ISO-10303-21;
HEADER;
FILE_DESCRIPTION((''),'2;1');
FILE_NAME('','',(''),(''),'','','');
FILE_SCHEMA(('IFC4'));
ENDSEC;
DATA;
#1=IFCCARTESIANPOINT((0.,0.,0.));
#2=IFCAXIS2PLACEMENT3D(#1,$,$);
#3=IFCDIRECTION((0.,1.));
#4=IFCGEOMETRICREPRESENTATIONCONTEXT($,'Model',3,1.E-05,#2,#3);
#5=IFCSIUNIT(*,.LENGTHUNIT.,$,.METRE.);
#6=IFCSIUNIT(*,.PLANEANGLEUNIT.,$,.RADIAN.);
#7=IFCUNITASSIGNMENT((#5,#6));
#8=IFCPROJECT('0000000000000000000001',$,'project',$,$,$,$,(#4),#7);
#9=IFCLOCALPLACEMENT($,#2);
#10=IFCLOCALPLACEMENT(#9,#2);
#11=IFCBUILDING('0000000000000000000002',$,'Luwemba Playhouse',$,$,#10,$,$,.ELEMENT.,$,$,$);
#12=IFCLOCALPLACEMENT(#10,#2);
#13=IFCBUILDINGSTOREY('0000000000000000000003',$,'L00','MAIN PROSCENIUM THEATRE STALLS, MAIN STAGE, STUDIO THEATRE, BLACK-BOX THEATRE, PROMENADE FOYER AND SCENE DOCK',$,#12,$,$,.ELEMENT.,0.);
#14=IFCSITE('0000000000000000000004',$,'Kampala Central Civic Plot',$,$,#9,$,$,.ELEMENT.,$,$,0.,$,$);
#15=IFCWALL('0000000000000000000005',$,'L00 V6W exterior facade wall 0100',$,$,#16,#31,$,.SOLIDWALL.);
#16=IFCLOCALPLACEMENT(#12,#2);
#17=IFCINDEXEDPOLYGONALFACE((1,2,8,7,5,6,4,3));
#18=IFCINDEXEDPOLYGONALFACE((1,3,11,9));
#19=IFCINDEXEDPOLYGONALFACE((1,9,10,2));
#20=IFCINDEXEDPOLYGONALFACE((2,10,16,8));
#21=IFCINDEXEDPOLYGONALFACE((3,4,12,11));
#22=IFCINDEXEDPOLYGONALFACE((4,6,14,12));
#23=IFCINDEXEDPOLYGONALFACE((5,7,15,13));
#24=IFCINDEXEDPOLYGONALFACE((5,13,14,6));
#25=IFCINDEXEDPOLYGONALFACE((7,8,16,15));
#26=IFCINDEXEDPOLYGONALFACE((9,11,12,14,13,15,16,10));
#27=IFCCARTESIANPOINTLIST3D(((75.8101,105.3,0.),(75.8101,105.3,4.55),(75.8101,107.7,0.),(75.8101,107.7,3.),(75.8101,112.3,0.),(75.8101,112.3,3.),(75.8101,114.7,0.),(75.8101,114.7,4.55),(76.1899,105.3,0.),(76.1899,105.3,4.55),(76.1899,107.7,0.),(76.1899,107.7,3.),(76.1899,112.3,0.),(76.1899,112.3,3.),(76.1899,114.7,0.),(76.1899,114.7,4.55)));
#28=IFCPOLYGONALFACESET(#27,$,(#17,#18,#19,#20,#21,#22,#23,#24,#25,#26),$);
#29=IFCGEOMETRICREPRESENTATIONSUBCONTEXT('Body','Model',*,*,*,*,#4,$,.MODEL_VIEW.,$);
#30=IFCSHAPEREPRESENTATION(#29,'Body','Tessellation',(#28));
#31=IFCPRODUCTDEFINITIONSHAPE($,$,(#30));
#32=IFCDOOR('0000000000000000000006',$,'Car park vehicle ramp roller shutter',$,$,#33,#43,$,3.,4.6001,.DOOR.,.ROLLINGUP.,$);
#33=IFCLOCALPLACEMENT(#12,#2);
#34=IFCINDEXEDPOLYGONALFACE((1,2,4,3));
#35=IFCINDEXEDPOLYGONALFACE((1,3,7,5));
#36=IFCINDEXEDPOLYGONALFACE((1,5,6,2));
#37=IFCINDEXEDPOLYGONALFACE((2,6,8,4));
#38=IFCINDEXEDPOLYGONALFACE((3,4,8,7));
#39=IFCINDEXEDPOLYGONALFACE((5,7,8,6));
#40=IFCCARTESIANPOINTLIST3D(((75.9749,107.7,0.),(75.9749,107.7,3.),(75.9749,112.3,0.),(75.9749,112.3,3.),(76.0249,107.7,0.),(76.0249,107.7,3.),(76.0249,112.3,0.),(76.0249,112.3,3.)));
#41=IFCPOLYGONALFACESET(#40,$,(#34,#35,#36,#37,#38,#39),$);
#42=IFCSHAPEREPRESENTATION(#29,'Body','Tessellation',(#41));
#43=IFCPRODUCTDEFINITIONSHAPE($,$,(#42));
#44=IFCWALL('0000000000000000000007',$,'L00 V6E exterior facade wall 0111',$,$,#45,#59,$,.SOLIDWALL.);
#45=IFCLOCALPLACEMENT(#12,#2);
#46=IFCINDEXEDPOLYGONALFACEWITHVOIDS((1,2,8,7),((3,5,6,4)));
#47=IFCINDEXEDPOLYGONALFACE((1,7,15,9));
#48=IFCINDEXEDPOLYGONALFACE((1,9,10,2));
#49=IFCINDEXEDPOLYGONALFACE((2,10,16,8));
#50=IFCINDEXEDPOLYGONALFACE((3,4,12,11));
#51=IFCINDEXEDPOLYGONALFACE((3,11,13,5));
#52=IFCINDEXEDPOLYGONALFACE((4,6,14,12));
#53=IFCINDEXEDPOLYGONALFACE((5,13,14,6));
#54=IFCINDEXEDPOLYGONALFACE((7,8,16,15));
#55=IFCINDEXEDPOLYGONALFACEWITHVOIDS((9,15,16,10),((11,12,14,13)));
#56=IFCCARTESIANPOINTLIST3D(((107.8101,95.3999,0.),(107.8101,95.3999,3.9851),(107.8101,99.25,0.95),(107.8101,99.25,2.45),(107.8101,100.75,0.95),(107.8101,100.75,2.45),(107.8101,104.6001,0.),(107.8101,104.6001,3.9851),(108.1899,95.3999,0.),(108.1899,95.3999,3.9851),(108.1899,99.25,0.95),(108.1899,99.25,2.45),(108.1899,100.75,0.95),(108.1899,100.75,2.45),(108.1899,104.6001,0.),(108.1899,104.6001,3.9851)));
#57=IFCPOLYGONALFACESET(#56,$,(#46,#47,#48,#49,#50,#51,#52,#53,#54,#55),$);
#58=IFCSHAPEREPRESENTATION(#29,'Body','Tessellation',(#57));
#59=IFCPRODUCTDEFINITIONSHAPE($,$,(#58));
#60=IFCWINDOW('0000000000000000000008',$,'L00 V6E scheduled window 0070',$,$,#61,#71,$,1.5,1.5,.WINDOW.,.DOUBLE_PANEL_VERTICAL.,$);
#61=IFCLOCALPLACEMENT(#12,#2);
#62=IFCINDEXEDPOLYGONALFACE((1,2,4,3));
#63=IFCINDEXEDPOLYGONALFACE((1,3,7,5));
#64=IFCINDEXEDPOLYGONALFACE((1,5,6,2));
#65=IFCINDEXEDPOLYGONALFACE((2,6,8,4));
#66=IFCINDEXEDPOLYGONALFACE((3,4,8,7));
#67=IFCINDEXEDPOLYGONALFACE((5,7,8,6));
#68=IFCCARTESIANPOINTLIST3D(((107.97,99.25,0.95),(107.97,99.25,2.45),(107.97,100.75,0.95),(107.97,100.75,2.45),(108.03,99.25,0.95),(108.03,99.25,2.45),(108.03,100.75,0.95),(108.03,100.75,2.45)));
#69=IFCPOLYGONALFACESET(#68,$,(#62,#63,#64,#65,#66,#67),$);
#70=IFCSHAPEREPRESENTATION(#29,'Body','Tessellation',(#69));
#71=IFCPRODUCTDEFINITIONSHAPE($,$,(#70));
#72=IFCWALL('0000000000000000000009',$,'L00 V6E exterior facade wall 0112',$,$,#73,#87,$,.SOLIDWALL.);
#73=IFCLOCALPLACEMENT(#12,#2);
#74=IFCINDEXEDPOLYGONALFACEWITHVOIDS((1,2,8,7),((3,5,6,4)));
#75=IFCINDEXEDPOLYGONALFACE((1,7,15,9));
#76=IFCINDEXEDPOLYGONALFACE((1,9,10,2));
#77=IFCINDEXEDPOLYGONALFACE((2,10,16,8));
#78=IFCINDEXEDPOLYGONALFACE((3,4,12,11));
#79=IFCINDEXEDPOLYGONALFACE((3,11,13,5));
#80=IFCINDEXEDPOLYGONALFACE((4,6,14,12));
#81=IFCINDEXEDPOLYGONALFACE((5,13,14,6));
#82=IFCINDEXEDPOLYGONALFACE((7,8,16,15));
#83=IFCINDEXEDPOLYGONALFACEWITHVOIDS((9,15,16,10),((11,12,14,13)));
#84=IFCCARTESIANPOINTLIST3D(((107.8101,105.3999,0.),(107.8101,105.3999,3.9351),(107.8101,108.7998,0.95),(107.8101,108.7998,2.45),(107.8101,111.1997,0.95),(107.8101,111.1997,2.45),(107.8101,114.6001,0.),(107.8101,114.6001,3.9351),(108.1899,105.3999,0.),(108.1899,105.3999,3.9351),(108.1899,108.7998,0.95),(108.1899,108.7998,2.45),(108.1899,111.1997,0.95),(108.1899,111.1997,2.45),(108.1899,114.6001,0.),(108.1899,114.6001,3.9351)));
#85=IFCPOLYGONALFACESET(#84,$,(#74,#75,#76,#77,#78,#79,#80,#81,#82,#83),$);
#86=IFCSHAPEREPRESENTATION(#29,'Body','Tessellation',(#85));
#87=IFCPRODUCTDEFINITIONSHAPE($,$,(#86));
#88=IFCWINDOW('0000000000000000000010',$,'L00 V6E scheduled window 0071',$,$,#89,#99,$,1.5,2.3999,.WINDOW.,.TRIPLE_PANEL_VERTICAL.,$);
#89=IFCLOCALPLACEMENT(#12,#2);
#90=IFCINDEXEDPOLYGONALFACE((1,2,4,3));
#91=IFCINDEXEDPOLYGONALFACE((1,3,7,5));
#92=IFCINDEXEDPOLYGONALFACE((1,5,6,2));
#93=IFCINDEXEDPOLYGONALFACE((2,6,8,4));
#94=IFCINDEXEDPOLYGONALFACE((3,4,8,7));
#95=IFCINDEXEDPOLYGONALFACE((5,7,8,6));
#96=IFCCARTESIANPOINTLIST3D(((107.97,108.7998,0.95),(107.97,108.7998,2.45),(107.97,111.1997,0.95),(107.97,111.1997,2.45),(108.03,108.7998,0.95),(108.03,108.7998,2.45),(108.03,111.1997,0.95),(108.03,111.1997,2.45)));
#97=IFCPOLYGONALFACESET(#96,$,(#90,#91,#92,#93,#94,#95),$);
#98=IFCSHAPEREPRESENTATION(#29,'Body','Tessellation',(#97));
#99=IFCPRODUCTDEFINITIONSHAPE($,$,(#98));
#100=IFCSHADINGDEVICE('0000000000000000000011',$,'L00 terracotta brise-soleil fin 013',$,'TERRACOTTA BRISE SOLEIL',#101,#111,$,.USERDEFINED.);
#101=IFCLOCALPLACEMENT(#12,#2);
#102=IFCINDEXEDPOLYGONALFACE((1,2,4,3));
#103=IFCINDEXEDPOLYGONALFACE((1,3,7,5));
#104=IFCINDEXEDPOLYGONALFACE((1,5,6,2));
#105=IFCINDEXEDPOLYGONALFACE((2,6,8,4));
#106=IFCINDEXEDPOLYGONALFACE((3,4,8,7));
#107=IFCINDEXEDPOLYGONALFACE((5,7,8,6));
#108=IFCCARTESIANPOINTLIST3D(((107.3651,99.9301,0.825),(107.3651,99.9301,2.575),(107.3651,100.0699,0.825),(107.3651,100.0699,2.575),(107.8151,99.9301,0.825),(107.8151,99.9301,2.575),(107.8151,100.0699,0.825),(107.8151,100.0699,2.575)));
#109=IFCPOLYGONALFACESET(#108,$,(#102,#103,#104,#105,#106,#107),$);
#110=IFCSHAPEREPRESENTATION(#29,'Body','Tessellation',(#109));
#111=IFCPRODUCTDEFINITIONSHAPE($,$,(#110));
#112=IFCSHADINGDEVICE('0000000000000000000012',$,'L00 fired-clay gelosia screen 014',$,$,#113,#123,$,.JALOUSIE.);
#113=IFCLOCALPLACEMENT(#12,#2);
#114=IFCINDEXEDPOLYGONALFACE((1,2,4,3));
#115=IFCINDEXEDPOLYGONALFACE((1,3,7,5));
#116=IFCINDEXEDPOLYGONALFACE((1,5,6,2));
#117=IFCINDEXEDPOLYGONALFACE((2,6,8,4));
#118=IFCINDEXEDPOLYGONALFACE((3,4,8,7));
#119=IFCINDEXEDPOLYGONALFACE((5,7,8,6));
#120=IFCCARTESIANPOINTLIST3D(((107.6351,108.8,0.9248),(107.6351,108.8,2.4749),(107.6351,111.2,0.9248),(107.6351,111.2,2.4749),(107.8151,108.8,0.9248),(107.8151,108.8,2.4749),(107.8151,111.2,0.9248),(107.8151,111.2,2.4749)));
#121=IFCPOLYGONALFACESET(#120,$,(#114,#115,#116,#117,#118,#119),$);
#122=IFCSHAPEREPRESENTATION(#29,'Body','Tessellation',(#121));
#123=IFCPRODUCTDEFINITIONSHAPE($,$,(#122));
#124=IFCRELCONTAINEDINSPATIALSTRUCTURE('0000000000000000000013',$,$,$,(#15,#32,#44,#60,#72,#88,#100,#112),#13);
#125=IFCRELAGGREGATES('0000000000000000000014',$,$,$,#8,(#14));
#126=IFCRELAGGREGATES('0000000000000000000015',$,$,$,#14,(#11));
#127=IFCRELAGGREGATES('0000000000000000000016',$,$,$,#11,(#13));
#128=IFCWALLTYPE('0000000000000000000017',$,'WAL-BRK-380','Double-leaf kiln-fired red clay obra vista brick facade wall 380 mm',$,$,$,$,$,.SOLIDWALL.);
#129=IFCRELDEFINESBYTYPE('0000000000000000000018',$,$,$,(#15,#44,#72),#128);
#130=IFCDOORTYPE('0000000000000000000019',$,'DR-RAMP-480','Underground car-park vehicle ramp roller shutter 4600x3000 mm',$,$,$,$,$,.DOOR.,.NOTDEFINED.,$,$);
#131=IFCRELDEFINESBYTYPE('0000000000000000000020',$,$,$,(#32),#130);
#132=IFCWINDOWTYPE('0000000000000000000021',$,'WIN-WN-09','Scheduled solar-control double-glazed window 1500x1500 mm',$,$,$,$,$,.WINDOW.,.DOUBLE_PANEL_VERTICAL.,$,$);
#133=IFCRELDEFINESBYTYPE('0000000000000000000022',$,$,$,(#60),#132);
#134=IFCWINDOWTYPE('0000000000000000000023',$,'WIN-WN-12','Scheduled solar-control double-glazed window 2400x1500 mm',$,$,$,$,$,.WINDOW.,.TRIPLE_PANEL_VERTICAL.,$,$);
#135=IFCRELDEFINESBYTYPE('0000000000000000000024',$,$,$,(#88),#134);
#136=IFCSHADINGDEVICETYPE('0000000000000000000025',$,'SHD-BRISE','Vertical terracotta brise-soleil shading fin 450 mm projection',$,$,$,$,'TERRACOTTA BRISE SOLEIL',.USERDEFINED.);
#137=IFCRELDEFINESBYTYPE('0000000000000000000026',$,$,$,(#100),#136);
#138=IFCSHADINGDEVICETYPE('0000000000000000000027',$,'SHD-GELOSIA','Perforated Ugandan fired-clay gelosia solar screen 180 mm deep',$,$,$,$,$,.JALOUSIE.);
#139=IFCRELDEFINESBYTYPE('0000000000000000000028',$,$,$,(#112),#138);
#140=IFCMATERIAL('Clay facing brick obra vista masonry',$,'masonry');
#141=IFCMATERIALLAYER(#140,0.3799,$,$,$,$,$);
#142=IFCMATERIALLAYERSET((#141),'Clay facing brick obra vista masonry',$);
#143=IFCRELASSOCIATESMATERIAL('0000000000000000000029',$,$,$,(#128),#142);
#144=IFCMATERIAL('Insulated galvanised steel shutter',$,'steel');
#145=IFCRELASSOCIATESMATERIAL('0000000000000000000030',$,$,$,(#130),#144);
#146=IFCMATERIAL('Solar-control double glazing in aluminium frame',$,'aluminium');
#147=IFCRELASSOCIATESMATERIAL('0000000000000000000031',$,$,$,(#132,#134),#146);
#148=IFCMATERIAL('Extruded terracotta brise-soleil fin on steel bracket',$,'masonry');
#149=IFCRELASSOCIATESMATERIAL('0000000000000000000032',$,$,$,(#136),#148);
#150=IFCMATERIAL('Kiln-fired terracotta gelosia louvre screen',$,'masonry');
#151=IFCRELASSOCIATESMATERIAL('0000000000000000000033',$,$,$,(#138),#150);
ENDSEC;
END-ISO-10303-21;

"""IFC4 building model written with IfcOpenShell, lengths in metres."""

from ifc_helpers import new_model, si_unit, direction, frame, frame_2d, origin, origin_2d, place, context, subcontext, project, spatial, rectangle, extrude, material, layer, layer_set, type_object, element, fill, save


model = new_model("IFC4")

# Units and contexts
model_context = context("Model", 3, precision=1e-05, world=origin(), true_north=direction((0.0, 1.0)))
body_context = subcontext(model_context, "Body", "Model", "MODEL_VIEW")
ifc_project = project(units=[si_unit("LENGTHUNIT", "METRE"), si_unit("PLANEANGLEUNIT", "RADIAN")], contexts=[model_context])

# Site, building, storey
site_placement = place(None, origin())
site = spatial("IfcSite", under=ifc_project, at=site_placement, Name="Kampala Central Civic Plot", CompositionType="ELEMENT", RefElevation=0.0)
building_placement = place(site_placement, origin())
building = spatial("IfcBuilding", under=site, at=building_placement, Name="Luwemba Playhouse", CompositionType="ELEMENT")
storey_placement = place(building_placement, origin())
storey = spatial("IfcBuildingStorey", under=building, at=storey_placement, Name="L00", Description="MAIN PROSCENIUM THEATRE STALLS, MAIN STAGE, STUDIO THEATRE, BLACK-BOX THEATRE, PROMENADE FOYER AND SCENE DOCK", CompositionType="ELEMENT", Elevation=0.0)

# Wall, opening, door
ifc_material_1 = material(Name="Clay facing brick obra vista masonry", Category="masonry")
ifc_layer = layer(ifc_material_1, 0.3799)
ifc_layer_set = layer_set([ifc_layer], Name="Clay facing brick obra vista masonry")
wall_type = type_object("IfcWallType", Name="WAL-BRK-380", Description="Double-leaf kiln-fired red clay obra vista brick facade wall 380 mm", PredefinedType="SOLIDWALL", material=ifc_layer_set)
wall_1_placement = place(storey_placement, frame((76.0, 114.7, 0.0), z_axis=(0.0, 0.0, 1.0), x_axis=(0.0, -1.0, 0.0)))
wall_1 = element("IfcWall", 1, at=wall_1_placement, inside=storey, type_object=wall_type, Name="L00 V6W exterior facade wall 0100", PredefinedType="SOLIDWALL", context=body_context, shape_type="SweptSolid", body=[
    extrude(rectangle(XDim=9.3999, YDim=0.3799, at=frame_2d((4.7, 0.0))), origin(), (0.0, 0.0, 1.0), 4.55),
])
opening_1_placement = place(wall_1_placement, frame((2.3999, 0.0, 0.0)))
opening_1 = element("IfcOpeningElement", 2, at=opening_1_placement, cuts=wall_1, PredefinedType="OPENING", context=body_context, shape_type="SweptSolid", body=[
    extrude(rectangle(XDim=4.6001, YDim=3.0, at=frame_2d((2.3, 1.5))), frame((0.0, 0.2, 0.0), z_axis=(0.0, -1.0, 0.0), x_axis=(1.0, 0.0, 0.0)), (0.0, 0.0, 1.0), 0.3999),
])
ifc_material_2 = material(Name="Insulated galvanised steel shutter", Category="steel")
door_type = type_object("IfcDoorType", Name="DR-RAMP-480", Description="Underground car-park vehicle ramp roller shutter 4600x3000 mm", OperationType="NOTDEFINED", PredefinedType="DOOR", material=ifc_material_2)
door_placement = place(opening_1_placement, origin())
door = element("IfcDoor", 3, at=door_placement, inside=storey, type_object=door_type, Name="Car park vehicle ramp roller shutter", OperationType="ROLLINGUP", OverallHeight=3.0, OverallWidth=4.6001, PredefinedType="DOOR", context=body_context, shape_type="SweptSolid", body=[
    extrude(rectangle(XDim=4.6001, YDim=3.0, at=frame_2d((2.3, 1.5))), frame((0.0, 0.0249, 0.0), z_axis=(0.0, -1.0, 0.0), x_axis=(1.0, 0.0, 0.0)), (0.0, 0.0, 1.0), 0.05),
])
fill(opening_1, door)

# Walls, openings, windows
wall_2_placement = place(storey_placement, frame((108.0, 95.3999, 0.0), z_axis=(0.0, 0.0, 1.0), x_axis=(0.0, 1.0, 0.0)))
wall_2 = element("IfcWall", 4, at=wall_2_placement, inside=storey, type_object=wall_type, Name="L00 V6E exterior facade wall 0111", PredefinedType="SOLIDWALL", context=body_context, shape_type="SweptSolid", body=[
    extrude(rectangle(XDim=9.2002, YDim=0.3799, at=frame_2d((4.6001, 0.0))), origin(), (0.0, 0.0, 1.0), 3.9851),
])
opening_2_placement = place(wall_2_placement, frame((3.8501, 0.0, 0.95)))
opening_2 = element("IfcOpeningElement", 5, at=opening_2_placement, cuts=wall_2, PredefinedType="OPENING", context=body_context, shape_type="SweptSolid", body=[
    extrude(rectangle(XDim=1.5, YDim=1.5, at=frame_2d((0.75, 0.75))), frame((0.0, 0.2, 0.0), z_axis=(0.0, -1.0, 0.0), x_axis=(1.0, 0.0, 0.0)), (0.0, 0.0, 1.0), 0.3999),
])
ifc_material_3 = material(Name="Solar-control double glazing in aluminium frame", Category="aluminium")
window_type_1 = type_object("IfcWindowType", Name="WIN-WN-09", Description="Scheduled solar-control double-glazed window 1500x1500 mm", PartitioningType="DOUBLE_PANEL_VERTICAL", PredefinedType="WINDOW", material=ifc_material_3)
window_1_placement = place(opening_2_placement, origin())
window_1 = element("IfcWindow", 6, at=window_1_placement, inside=storey, type_object=window_type_1, Name="L00 V6E scheduled window 0070", OverallHeight=1.5, OverallWidth=1.5, PartitioningType="DOUBLE_PANEL_VERTICAL", PredefinedType="WINDOW", context=body_context, shape_type="SweptSolid", body=[
    extrude(rectangle(XDim=1.5, YDim=1.5, at=frame_2d((0.75, 0.75))), frame((0.0, 0.03, 0.0), z_axis=(0.0, -1.0, 0.0), x_axis=(1.0, 0.0, 0.0)), (0.0, 0.0, 1.0), 0.0601),
])
fill(opening_2, window_1)
wall_3_placement = place(storey_placement, frame((108.0, 105.3999, 0.0), z_axis=(0.0, 0.0, 1.0), x_axis=(0.0, 1.0, 0.0)))
wall_3 = element("IfcWall", 7, at=wall_3_placement, inside=storey, type_object=wall_type, Name="L00 V6E exterior facade wall 0112", PredefinedType="SOLIDWALL", context=body_context, shape_type="SweptSolid", body=[
    extrude(rectangle(XDim=9.2002, YDim=0.3799, at=frame_2d((4.6001, 0.0))), origin(), (0.0, 0.0, 1.0), 3.9351),
])
opening_3_placement = place(wall_3_placement, frame((3.3999, 0.0, 0.95)))
opening_3 = element("IfcOpeningElement", 8, at=opening_3_placement, cuts=wall_3, PredefinedType="OPENING", context=body_context, shape_type="SweptSolid", body=[
    extrude(rectangle(XDim=2.3999, YDim=1.5, at=frame_2d((1.2, 0.75))), frame((0.0, 0.2, 0.0), z_axis=(0.0, -1.0, 0.0), x_axis=(1.0, 0.0, 0.0)), (0.0, 0.0, 1.0), 0.3999),
])
window_type_2 = type_object("IfcWindowType", Name="WIN-WN-12", Description="Scheduled solar-control double-glazed window 2400x1500 mm", PartitioningType="TRIPLE_PANEL_VERTICAL", PredefinedType="WINDOW", material=ifc_material_3)
window_2_placement = place(opening_3_placement, origin())
window_2 = element("IfcWindow", 9, at=window_2_placement, inside=storey, type_object=window_type_2, Name="L00 V6E scheduled window 0071", OverallHeight=1.5, OverallWidth=2.3999, PartitioningType="TRIPLE_PANEL_VERTICAL", PredefinedType="WINDOW", context=body_context, shape_type="SweptSolid", body=[
    extrude(rectangle(XDim=2.3999, YDim=1.5, at=frame_2d((1.2, 0.75))), frame((0.0, 0.03, 0.0), z_axis=(0.0, -1.0, 0.0), x_axis=(1.0, 0.0, 0.0)), (0.0, 0.0, 1.0), 0.0601),
])
fill(opening_3, window_2)

# Shading devices
ifc_material_4 = material(Name="Extruded terracotta brise-soleil fin on steel bracket", Category="masonry")
shading_device_type_1 = type_object("IfcShadingDeviceType", Name="SHD-BRISE", Description="Vertical terracotta brise-soleil shading fin 450 mm projection", ElementType="TERRACOTTA BRISE SOLEIL", PredefinedType="USERDEFINED", material=ifc_material_4)
shading_device_1_placement = place(storey_placement, frame((107.5901, 100.0, 0.825), z_axis=(0.0, 0.0, 1.0), x_axis=(0.0, 1.0, 0.0)))
element("IfcShadingDevice", 10, at=shading_device_1_placement, inside=storey, type_object=shading_device_type_1, Name="L00 terracotta brise-soleil fin 013", ObjectType="TERRACOTTA BRISE SOLEIL", PredefinedType="USERDEFINED", context=body_context, shape_type="SweptSolid", body=[
    extrude(rectangle(XDim=0.1399, YDim=0.45, at=origin_2d()), origin(), (0.0, 0.0, 1.0), 1.75),
])
ifc_material_5 = material(Name="Kiln-fired terracotta gelosia louvre screen", Category="masonry")
shading_device_type_2 = type_object("IfcShadingDeviceType", Name="SHD-GELOSIA", Description="Perforated Ugandan fired-clay gelosia solar screen 180 mm deep", PredefinedType="JALOUSIE", material=ifc_material_5)
shading_device_2_placement = place(storey_placement, frame((107.7251, 110.0, 0.9248), z_axis=(0.0, 0.0, 1.0), x_axis=(0.0, 1.0, 0.0)))
element("IfcShadingDevice", 11, at=shading_device_2_placement, inside=storey, type_object=shading_device_type_2, Name="L00 fired-clay gelosia screen 014", PredefinedType="JALOUSIE", context=body_context, shape_type="SweptSolid", body=[
    extrude(rectangle(XDim=2.3999, YDim=0.1799, at=origin_2d()), origin(), (0.0, 0.0, 1.0), 1.55),
])

save(model, "model.ifc")
